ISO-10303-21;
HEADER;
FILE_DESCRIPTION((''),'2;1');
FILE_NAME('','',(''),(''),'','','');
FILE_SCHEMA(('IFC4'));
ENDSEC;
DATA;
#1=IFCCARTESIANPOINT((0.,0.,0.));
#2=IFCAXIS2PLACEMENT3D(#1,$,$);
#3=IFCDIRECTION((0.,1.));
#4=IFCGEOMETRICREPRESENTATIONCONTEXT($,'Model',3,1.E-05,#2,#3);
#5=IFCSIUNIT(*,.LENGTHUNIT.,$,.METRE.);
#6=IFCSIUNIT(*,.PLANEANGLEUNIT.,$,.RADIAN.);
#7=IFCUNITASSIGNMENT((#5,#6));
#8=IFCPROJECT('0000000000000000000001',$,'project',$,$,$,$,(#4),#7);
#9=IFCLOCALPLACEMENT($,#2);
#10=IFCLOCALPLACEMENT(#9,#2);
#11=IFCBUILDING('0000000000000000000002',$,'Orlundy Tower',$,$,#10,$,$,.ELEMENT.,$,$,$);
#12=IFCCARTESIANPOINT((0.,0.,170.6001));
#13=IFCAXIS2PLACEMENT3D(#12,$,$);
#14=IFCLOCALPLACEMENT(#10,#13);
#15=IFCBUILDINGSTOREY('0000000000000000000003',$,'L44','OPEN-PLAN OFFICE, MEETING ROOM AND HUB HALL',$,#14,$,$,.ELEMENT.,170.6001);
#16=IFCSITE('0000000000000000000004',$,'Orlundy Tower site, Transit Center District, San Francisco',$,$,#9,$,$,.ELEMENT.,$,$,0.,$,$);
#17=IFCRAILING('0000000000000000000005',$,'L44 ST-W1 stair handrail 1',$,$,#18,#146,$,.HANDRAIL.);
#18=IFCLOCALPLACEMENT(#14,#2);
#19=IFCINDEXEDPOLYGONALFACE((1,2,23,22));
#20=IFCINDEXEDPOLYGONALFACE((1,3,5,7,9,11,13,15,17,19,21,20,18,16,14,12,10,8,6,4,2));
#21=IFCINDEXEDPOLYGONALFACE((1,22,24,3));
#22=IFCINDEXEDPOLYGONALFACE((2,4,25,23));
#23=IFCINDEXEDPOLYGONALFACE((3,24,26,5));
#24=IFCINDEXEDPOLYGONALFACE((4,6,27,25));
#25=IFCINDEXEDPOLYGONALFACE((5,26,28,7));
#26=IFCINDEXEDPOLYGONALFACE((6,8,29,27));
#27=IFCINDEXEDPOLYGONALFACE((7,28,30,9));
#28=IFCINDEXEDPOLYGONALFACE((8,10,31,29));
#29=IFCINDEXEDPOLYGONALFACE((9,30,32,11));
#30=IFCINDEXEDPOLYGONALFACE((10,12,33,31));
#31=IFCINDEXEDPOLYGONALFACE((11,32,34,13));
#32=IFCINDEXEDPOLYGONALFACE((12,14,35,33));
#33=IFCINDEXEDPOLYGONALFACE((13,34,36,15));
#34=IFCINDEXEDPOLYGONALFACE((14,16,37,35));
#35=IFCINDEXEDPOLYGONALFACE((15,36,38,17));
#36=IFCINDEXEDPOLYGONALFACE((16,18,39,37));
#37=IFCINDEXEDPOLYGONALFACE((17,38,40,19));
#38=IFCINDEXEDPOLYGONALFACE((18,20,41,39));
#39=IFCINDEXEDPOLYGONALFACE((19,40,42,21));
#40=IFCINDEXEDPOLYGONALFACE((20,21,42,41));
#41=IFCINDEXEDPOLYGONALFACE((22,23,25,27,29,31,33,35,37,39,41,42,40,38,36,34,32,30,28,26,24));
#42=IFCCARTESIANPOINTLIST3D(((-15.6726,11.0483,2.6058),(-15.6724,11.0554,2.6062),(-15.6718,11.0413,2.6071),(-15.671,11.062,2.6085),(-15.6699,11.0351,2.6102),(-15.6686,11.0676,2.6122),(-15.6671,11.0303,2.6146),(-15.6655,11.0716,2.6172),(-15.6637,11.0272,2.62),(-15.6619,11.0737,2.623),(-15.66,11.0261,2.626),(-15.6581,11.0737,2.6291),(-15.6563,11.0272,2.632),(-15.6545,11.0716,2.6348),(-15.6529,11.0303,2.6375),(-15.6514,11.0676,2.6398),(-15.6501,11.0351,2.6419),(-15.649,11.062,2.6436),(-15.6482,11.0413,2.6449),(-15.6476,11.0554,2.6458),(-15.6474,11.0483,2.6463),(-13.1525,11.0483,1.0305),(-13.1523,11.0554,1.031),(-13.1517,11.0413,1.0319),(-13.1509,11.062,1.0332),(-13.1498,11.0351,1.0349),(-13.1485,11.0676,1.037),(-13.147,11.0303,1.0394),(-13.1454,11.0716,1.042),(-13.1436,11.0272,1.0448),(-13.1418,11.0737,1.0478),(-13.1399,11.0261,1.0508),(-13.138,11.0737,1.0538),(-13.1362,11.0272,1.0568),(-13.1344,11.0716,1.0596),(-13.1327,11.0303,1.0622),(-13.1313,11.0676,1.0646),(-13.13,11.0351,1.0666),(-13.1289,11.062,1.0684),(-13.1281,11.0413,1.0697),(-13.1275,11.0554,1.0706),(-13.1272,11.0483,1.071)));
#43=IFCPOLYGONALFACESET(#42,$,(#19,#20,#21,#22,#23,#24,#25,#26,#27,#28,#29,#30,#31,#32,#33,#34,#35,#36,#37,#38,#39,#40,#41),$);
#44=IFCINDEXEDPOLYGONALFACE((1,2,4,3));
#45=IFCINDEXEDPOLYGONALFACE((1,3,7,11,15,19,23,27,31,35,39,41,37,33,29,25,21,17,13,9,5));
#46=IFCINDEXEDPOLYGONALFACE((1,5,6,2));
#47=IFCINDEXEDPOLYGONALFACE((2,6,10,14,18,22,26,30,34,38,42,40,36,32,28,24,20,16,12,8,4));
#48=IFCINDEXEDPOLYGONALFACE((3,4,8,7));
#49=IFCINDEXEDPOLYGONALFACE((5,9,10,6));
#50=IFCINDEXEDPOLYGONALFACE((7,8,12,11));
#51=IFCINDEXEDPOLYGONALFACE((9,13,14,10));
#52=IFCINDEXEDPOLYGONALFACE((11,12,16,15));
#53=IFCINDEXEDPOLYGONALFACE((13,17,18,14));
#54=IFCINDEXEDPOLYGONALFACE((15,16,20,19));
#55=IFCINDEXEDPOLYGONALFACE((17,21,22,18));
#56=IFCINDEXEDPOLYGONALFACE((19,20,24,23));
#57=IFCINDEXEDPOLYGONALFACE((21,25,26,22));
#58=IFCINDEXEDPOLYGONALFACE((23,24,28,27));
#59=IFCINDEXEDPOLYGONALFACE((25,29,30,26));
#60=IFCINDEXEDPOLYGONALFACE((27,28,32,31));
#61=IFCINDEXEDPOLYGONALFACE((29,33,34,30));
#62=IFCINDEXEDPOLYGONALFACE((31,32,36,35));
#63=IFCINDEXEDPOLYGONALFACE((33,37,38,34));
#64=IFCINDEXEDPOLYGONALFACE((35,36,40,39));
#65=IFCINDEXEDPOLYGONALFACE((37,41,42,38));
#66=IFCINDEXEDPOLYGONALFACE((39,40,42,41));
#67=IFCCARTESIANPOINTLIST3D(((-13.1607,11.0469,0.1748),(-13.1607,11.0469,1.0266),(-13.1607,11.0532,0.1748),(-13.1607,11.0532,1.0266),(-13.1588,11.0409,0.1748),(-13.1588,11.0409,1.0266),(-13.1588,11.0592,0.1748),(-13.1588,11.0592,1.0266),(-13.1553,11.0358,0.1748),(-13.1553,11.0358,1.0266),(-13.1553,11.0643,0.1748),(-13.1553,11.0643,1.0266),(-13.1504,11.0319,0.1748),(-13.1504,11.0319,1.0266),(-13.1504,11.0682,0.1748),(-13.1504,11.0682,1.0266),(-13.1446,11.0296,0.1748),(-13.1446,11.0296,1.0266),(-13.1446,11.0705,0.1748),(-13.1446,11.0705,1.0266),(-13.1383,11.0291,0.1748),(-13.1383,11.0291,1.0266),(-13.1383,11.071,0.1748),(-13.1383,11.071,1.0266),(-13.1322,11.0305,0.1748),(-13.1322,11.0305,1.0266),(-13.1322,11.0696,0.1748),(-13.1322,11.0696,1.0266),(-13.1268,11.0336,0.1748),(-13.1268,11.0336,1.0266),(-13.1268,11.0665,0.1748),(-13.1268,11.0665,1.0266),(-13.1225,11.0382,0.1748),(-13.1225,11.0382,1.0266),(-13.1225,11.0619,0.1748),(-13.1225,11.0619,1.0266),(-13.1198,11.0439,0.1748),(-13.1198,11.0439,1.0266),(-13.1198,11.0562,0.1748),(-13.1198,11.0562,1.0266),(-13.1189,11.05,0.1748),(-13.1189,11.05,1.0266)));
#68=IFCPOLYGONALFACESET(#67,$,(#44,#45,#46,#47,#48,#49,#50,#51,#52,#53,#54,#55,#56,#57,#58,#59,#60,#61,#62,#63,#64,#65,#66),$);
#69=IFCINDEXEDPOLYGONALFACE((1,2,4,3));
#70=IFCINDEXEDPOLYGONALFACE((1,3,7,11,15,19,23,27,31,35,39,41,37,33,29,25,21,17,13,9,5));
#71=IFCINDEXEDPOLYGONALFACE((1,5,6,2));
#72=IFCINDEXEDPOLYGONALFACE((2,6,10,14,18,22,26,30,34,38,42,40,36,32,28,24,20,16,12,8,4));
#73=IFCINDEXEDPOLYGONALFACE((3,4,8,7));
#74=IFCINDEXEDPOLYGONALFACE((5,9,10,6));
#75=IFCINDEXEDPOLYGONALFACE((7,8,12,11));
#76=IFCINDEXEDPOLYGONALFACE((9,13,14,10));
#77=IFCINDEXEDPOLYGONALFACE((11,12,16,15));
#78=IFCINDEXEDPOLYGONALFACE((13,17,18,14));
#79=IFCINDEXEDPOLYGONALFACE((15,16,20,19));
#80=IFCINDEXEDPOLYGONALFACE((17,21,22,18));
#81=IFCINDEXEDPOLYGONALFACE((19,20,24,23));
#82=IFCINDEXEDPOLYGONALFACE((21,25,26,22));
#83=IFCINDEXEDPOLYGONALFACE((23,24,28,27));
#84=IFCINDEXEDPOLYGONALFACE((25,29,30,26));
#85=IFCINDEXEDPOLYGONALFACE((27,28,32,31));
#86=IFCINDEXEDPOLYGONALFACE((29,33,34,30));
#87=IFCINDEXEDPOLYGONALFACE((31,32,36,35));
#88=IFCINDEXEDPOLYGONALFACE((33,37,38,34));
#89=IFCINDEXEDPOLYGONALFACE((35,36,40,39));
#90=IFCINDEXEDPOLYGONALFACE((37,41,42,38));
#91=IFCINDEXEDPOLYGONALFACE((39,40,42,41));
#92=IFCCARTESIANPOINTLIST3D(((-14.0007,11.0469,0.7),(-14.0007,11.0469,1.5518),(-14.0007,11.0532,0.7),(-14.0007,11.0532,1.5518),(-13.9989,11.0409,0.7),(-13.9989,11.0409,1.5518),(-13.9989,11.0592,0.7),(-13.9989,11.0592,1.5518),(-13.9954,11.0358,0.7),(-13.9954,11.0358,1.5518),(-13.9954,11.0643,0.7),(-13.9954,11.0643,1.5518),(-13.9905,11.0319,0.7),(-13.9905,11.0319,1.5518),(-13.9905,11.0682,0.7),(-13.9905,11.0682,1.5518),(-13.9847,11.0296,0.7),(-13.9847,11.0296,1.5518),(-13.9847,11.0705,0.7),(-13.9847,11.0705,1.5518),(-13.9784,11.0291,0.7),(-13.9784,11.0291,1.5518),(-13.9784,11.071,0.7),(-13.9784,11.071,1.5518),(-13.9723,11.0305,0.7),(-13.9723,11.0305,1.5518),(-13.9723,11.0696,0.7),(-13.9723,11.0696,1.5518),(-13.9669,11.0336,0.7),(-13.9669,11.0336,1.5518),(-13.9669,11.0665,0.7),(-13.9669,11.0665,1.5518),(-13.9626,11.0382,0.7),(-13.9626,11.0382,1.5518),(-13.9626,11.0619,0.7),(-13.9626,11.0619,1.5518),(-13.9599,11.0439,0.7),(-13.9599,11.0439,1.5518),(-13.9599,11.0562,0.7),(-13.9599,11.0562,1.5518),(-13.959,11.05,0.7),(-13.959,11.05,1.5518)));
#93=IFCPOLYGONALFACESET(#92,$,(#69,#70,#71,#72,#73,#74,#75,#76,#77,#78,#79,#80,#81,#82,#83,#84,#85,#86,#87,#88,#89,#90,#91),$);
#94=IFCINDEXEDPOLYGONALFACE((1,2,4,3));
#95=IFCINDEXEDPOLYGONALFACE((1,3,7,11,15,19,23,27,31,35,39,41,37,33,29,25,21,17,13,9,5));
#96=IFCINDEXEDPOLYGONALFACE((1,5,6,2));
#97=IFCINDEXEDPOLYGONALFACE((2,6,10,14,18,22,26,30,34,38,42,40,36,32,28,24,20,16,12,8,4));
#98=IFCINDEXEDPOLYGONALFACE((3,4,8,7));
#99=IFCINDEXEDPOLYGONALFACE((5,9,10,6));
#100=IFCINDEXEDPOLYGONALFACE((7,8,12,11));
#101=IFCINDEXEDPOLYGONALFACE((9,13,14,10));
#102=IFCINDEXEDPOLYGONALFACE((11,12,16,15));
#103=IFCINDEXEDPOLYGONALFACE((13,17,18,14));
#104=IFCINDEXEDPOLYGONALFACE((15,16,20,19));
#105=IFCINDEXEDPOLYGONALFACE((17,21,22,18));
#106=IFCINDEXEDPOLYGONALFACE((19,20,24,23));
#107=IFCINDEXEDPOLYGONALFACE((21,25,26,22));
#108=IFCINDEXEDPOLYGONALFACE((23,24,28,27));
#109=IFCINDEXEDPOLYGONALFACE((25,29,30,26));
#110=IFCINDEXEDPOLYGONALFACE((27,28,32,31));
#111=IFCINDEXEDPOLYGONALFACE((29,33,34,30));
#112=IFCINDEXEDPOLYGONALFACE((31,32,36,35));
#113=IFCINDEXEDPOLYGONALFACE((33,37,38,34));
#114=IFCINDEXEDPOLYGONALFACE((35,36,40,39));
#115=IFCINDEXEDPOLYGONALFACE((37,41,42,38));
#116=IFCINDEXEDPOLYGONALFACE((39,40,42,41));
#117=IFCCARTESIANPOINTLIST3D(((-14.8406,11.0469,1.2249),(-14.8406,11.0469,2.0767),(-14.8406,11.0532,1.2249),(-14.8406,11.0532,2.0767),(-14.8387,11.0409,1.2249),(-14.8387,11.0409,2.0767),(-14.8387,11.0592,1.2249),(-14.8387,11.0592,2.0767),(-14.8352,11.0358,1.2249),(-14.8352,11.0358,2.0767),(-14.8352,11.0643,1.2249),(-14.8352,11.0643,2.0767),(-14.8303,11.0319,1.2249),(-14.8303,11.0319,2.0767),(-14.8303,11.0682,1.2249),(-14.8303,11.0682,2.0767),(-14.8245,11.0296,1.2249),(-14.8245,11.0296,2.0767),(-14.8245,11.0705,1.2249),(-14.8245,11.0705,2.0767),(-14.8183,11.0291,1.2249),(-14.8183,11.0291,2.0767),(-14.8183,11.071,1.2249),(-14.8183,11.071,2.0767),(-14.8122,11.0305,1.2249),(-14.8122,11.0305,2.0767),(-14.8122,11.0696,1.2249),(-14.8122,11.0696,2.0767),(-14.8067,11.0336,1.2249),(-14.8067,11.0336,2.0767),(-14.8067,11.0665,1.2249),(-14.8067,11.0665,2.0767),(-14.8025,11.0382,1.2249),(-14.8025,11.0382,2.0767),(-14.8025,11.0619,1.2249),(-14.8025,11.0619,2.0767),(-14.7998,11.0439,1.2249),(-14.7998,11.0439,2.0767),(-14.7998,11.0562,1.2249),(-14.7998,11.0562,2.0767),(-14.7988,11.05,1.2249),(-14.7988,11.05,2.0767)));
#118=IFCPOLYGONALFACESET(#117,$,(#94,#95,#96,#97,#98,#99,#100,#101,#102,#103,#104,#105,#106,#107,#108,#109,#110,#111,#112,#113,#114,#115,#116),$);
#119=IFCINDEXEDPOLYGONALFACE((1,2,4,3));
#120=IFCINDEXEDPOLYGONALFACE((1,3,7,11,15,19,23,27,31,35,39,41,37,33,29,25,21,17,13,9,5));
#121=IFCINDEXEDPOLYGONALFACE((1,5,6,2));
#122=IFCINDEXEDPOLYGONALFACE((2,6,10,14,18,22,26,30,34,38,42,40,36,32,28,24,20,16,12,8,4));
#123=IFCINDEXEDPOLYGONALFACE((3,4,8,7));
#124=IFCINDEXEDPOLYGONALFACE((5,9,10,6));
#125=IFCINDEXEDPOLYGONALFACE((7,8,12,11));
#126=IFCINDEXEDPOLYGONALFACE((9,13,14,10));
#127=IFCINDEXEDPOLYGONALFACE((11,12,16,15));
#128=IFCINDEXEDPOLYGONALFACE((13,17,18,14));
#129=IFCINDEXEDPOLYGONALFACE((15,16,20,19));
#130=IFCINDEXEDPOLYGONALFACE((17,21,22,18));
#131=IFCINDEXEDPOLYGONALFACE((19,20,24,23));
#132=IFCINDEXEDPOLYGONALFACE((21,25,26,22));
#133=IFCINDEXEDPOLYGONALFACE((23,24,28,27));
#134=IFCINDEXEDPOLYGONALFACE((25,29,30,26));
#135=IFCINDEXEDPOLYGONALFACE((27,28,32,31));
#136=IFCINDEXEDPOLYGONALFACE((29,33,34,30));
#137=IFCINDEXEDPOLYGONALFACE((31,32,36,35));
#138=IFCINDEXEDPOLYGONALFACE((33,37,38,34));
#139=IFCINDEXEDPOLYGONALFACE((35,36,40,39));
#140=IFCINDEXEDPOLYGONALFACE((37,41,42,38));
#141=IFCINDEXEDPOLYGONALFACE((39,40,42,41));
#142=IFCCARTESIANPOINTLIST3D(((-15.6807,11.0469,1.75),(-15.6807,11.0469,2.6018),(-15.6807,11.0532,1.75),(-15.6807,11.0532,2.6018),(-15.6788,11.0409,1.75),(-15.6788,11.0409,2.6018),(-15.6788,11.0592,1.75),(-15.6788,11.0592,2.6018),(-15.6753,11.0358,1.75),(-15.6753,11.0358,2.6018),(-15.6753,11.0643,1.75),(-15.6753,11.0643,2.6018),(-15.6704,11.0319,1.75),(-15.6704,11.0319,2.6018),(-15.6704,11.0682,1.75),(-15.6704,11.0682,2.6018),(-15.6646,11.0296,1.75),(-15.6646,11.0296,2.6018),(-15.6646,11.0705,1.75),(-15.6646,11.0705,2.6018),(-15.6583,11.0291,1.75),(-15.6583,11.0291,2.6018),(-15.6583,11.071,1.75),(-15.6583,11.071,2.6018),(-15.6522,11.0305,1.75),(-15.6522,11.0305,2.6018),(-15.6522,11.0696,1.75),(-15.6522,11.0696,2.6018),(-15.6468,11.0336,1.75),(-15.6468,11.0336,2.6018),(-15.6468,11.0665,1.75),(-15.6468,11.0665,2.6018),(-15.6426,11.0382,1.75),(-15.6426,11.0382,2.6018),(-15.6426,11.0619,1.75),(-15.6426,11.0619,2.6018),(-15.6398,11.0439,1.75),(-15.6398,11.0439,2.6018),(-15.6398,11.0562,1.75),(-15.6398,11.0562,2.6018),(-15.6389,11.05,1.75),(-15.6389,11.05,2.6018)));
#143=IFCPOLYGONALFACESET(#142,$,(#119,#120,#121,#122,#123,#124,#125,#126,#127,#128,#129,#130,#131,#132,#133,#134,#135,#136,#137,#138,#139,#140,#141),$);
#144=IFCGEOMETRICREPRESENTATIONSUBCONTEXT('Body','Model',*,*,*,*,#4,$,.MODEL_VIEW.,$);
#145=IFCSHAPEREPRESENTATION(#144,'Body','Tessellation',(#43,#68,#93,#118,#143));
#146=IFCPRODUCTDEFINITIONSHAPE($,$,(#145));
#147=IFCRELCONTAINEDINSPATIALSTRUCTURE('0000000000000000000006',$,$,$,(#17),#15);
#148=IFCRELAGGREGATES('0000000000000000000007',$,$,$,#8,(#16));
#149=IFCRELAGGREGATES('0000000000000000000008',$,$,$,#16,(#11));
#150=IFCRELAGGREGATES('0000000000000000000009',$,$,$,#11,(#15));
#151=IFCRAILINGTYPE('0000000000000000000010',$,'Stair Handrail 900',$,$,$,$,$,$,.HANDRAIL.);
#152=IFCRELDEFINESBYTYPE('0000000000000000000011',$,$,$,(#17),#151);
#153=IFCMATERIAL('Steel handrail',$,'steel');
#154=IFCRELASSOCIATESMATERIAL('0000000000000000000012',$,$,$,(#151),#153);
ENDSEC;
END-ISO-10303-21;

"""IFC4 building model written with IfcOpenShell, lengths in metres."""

from ifc_helpers import new_model, si_unit, direction, frame, origin, origin_2d, place, context, subcontext, project, spatial, circle, extrude, material, type_object, element, save


model = new_model("IFC4")

# Units and contexts
model_context = context("Model", 3, precision=1e-05, world=origin(), true_north=direction((0.0, 1.0)))
body_context = subcontext(model_context, "Body", "Model", "MODEL_VIEW")
ifc_project = project(units=[si_unit("LENGTHUNIT", "METRE"), si_unit("PLANEANGLEUNIT", "RADIAN")], contexts=[model_context])

# Site, building, storey
site_placement = place(None, origin())
site = spatial("IfcSite", under=ifc_project, at=site_placement, Name="Orlundy Tower site, Transit Center District, San Francisco", CompositionType="ELEMENT", RefElevation=0.0)
building_placement = place(site_placement, origin())
building = spatial("IfcBuilding", under=site, at=building_placement, Name="Orlundy Tower", CompositionType="ELEMENT")
storey_placement = place(building_placement, frame((0.0, 0.0, 170.6001)))
storey = spatial("IfcBuildingStorey", under=building, at=storey_placement, Name="L44", Description="OPEN-PLAN OFFICE, MEETING ROOM AND HUB HALL", CompositionType="ELEMENT", Elevation=170.6001)

# Railing
ifc_material_1 = material(Name="Steel handrail", Category="steel")
railing_type_1 = type_object("IfcRailingType", Name="Stair Handrail 900", PredefinedType="HANDRAIL", material=ifc_material_1)
railing_1_placement = place(storey_placement, frame((-13.1399, 11.05, 0.1748)))
element("IfcRailing", 1, at=railing_1_placement, inside=storey, type_object=railing_type_1, Name="L44 ST-W1 stair handrail 1", PredefinedType="HANDRAIL", context=body_context, shape_type="SweptSolid", body=[
    extrude(circle(Radius=0.0239, at=origin_2d()), frame((0.0, 0.0, 0.876), z_axis=(-0.847971, 0.0, 0.530043), x_axis=(0.0, -1.0, 0.0)), (0.0, 0.0, 1.0), 2.9719),
    extrude(circle(Radius=0.021, at=origin_2d()), origin(), (0.0, 0.0, 1.0), 0.8518),
    extrude(circle(Radius=0.021, at=origin_2d()), frame((-0.8401, 0.0, 0.5251)), (0.0, 0.0, 1.0), 0.8518),
    extrude(circle(Radius=0.021, at=origin_2d()), frame((-1.6799, 0.0, 1.05)), (0.0, 0.0, 1.0), 0.8518),
    extrude(circle(Radius=0.021, at=origin_2d()), frame((-2.52, 0.0, 1.5752)), (0.0, 0.0, 1.0), 0.8518),
])

save(model, "model.ifc")
